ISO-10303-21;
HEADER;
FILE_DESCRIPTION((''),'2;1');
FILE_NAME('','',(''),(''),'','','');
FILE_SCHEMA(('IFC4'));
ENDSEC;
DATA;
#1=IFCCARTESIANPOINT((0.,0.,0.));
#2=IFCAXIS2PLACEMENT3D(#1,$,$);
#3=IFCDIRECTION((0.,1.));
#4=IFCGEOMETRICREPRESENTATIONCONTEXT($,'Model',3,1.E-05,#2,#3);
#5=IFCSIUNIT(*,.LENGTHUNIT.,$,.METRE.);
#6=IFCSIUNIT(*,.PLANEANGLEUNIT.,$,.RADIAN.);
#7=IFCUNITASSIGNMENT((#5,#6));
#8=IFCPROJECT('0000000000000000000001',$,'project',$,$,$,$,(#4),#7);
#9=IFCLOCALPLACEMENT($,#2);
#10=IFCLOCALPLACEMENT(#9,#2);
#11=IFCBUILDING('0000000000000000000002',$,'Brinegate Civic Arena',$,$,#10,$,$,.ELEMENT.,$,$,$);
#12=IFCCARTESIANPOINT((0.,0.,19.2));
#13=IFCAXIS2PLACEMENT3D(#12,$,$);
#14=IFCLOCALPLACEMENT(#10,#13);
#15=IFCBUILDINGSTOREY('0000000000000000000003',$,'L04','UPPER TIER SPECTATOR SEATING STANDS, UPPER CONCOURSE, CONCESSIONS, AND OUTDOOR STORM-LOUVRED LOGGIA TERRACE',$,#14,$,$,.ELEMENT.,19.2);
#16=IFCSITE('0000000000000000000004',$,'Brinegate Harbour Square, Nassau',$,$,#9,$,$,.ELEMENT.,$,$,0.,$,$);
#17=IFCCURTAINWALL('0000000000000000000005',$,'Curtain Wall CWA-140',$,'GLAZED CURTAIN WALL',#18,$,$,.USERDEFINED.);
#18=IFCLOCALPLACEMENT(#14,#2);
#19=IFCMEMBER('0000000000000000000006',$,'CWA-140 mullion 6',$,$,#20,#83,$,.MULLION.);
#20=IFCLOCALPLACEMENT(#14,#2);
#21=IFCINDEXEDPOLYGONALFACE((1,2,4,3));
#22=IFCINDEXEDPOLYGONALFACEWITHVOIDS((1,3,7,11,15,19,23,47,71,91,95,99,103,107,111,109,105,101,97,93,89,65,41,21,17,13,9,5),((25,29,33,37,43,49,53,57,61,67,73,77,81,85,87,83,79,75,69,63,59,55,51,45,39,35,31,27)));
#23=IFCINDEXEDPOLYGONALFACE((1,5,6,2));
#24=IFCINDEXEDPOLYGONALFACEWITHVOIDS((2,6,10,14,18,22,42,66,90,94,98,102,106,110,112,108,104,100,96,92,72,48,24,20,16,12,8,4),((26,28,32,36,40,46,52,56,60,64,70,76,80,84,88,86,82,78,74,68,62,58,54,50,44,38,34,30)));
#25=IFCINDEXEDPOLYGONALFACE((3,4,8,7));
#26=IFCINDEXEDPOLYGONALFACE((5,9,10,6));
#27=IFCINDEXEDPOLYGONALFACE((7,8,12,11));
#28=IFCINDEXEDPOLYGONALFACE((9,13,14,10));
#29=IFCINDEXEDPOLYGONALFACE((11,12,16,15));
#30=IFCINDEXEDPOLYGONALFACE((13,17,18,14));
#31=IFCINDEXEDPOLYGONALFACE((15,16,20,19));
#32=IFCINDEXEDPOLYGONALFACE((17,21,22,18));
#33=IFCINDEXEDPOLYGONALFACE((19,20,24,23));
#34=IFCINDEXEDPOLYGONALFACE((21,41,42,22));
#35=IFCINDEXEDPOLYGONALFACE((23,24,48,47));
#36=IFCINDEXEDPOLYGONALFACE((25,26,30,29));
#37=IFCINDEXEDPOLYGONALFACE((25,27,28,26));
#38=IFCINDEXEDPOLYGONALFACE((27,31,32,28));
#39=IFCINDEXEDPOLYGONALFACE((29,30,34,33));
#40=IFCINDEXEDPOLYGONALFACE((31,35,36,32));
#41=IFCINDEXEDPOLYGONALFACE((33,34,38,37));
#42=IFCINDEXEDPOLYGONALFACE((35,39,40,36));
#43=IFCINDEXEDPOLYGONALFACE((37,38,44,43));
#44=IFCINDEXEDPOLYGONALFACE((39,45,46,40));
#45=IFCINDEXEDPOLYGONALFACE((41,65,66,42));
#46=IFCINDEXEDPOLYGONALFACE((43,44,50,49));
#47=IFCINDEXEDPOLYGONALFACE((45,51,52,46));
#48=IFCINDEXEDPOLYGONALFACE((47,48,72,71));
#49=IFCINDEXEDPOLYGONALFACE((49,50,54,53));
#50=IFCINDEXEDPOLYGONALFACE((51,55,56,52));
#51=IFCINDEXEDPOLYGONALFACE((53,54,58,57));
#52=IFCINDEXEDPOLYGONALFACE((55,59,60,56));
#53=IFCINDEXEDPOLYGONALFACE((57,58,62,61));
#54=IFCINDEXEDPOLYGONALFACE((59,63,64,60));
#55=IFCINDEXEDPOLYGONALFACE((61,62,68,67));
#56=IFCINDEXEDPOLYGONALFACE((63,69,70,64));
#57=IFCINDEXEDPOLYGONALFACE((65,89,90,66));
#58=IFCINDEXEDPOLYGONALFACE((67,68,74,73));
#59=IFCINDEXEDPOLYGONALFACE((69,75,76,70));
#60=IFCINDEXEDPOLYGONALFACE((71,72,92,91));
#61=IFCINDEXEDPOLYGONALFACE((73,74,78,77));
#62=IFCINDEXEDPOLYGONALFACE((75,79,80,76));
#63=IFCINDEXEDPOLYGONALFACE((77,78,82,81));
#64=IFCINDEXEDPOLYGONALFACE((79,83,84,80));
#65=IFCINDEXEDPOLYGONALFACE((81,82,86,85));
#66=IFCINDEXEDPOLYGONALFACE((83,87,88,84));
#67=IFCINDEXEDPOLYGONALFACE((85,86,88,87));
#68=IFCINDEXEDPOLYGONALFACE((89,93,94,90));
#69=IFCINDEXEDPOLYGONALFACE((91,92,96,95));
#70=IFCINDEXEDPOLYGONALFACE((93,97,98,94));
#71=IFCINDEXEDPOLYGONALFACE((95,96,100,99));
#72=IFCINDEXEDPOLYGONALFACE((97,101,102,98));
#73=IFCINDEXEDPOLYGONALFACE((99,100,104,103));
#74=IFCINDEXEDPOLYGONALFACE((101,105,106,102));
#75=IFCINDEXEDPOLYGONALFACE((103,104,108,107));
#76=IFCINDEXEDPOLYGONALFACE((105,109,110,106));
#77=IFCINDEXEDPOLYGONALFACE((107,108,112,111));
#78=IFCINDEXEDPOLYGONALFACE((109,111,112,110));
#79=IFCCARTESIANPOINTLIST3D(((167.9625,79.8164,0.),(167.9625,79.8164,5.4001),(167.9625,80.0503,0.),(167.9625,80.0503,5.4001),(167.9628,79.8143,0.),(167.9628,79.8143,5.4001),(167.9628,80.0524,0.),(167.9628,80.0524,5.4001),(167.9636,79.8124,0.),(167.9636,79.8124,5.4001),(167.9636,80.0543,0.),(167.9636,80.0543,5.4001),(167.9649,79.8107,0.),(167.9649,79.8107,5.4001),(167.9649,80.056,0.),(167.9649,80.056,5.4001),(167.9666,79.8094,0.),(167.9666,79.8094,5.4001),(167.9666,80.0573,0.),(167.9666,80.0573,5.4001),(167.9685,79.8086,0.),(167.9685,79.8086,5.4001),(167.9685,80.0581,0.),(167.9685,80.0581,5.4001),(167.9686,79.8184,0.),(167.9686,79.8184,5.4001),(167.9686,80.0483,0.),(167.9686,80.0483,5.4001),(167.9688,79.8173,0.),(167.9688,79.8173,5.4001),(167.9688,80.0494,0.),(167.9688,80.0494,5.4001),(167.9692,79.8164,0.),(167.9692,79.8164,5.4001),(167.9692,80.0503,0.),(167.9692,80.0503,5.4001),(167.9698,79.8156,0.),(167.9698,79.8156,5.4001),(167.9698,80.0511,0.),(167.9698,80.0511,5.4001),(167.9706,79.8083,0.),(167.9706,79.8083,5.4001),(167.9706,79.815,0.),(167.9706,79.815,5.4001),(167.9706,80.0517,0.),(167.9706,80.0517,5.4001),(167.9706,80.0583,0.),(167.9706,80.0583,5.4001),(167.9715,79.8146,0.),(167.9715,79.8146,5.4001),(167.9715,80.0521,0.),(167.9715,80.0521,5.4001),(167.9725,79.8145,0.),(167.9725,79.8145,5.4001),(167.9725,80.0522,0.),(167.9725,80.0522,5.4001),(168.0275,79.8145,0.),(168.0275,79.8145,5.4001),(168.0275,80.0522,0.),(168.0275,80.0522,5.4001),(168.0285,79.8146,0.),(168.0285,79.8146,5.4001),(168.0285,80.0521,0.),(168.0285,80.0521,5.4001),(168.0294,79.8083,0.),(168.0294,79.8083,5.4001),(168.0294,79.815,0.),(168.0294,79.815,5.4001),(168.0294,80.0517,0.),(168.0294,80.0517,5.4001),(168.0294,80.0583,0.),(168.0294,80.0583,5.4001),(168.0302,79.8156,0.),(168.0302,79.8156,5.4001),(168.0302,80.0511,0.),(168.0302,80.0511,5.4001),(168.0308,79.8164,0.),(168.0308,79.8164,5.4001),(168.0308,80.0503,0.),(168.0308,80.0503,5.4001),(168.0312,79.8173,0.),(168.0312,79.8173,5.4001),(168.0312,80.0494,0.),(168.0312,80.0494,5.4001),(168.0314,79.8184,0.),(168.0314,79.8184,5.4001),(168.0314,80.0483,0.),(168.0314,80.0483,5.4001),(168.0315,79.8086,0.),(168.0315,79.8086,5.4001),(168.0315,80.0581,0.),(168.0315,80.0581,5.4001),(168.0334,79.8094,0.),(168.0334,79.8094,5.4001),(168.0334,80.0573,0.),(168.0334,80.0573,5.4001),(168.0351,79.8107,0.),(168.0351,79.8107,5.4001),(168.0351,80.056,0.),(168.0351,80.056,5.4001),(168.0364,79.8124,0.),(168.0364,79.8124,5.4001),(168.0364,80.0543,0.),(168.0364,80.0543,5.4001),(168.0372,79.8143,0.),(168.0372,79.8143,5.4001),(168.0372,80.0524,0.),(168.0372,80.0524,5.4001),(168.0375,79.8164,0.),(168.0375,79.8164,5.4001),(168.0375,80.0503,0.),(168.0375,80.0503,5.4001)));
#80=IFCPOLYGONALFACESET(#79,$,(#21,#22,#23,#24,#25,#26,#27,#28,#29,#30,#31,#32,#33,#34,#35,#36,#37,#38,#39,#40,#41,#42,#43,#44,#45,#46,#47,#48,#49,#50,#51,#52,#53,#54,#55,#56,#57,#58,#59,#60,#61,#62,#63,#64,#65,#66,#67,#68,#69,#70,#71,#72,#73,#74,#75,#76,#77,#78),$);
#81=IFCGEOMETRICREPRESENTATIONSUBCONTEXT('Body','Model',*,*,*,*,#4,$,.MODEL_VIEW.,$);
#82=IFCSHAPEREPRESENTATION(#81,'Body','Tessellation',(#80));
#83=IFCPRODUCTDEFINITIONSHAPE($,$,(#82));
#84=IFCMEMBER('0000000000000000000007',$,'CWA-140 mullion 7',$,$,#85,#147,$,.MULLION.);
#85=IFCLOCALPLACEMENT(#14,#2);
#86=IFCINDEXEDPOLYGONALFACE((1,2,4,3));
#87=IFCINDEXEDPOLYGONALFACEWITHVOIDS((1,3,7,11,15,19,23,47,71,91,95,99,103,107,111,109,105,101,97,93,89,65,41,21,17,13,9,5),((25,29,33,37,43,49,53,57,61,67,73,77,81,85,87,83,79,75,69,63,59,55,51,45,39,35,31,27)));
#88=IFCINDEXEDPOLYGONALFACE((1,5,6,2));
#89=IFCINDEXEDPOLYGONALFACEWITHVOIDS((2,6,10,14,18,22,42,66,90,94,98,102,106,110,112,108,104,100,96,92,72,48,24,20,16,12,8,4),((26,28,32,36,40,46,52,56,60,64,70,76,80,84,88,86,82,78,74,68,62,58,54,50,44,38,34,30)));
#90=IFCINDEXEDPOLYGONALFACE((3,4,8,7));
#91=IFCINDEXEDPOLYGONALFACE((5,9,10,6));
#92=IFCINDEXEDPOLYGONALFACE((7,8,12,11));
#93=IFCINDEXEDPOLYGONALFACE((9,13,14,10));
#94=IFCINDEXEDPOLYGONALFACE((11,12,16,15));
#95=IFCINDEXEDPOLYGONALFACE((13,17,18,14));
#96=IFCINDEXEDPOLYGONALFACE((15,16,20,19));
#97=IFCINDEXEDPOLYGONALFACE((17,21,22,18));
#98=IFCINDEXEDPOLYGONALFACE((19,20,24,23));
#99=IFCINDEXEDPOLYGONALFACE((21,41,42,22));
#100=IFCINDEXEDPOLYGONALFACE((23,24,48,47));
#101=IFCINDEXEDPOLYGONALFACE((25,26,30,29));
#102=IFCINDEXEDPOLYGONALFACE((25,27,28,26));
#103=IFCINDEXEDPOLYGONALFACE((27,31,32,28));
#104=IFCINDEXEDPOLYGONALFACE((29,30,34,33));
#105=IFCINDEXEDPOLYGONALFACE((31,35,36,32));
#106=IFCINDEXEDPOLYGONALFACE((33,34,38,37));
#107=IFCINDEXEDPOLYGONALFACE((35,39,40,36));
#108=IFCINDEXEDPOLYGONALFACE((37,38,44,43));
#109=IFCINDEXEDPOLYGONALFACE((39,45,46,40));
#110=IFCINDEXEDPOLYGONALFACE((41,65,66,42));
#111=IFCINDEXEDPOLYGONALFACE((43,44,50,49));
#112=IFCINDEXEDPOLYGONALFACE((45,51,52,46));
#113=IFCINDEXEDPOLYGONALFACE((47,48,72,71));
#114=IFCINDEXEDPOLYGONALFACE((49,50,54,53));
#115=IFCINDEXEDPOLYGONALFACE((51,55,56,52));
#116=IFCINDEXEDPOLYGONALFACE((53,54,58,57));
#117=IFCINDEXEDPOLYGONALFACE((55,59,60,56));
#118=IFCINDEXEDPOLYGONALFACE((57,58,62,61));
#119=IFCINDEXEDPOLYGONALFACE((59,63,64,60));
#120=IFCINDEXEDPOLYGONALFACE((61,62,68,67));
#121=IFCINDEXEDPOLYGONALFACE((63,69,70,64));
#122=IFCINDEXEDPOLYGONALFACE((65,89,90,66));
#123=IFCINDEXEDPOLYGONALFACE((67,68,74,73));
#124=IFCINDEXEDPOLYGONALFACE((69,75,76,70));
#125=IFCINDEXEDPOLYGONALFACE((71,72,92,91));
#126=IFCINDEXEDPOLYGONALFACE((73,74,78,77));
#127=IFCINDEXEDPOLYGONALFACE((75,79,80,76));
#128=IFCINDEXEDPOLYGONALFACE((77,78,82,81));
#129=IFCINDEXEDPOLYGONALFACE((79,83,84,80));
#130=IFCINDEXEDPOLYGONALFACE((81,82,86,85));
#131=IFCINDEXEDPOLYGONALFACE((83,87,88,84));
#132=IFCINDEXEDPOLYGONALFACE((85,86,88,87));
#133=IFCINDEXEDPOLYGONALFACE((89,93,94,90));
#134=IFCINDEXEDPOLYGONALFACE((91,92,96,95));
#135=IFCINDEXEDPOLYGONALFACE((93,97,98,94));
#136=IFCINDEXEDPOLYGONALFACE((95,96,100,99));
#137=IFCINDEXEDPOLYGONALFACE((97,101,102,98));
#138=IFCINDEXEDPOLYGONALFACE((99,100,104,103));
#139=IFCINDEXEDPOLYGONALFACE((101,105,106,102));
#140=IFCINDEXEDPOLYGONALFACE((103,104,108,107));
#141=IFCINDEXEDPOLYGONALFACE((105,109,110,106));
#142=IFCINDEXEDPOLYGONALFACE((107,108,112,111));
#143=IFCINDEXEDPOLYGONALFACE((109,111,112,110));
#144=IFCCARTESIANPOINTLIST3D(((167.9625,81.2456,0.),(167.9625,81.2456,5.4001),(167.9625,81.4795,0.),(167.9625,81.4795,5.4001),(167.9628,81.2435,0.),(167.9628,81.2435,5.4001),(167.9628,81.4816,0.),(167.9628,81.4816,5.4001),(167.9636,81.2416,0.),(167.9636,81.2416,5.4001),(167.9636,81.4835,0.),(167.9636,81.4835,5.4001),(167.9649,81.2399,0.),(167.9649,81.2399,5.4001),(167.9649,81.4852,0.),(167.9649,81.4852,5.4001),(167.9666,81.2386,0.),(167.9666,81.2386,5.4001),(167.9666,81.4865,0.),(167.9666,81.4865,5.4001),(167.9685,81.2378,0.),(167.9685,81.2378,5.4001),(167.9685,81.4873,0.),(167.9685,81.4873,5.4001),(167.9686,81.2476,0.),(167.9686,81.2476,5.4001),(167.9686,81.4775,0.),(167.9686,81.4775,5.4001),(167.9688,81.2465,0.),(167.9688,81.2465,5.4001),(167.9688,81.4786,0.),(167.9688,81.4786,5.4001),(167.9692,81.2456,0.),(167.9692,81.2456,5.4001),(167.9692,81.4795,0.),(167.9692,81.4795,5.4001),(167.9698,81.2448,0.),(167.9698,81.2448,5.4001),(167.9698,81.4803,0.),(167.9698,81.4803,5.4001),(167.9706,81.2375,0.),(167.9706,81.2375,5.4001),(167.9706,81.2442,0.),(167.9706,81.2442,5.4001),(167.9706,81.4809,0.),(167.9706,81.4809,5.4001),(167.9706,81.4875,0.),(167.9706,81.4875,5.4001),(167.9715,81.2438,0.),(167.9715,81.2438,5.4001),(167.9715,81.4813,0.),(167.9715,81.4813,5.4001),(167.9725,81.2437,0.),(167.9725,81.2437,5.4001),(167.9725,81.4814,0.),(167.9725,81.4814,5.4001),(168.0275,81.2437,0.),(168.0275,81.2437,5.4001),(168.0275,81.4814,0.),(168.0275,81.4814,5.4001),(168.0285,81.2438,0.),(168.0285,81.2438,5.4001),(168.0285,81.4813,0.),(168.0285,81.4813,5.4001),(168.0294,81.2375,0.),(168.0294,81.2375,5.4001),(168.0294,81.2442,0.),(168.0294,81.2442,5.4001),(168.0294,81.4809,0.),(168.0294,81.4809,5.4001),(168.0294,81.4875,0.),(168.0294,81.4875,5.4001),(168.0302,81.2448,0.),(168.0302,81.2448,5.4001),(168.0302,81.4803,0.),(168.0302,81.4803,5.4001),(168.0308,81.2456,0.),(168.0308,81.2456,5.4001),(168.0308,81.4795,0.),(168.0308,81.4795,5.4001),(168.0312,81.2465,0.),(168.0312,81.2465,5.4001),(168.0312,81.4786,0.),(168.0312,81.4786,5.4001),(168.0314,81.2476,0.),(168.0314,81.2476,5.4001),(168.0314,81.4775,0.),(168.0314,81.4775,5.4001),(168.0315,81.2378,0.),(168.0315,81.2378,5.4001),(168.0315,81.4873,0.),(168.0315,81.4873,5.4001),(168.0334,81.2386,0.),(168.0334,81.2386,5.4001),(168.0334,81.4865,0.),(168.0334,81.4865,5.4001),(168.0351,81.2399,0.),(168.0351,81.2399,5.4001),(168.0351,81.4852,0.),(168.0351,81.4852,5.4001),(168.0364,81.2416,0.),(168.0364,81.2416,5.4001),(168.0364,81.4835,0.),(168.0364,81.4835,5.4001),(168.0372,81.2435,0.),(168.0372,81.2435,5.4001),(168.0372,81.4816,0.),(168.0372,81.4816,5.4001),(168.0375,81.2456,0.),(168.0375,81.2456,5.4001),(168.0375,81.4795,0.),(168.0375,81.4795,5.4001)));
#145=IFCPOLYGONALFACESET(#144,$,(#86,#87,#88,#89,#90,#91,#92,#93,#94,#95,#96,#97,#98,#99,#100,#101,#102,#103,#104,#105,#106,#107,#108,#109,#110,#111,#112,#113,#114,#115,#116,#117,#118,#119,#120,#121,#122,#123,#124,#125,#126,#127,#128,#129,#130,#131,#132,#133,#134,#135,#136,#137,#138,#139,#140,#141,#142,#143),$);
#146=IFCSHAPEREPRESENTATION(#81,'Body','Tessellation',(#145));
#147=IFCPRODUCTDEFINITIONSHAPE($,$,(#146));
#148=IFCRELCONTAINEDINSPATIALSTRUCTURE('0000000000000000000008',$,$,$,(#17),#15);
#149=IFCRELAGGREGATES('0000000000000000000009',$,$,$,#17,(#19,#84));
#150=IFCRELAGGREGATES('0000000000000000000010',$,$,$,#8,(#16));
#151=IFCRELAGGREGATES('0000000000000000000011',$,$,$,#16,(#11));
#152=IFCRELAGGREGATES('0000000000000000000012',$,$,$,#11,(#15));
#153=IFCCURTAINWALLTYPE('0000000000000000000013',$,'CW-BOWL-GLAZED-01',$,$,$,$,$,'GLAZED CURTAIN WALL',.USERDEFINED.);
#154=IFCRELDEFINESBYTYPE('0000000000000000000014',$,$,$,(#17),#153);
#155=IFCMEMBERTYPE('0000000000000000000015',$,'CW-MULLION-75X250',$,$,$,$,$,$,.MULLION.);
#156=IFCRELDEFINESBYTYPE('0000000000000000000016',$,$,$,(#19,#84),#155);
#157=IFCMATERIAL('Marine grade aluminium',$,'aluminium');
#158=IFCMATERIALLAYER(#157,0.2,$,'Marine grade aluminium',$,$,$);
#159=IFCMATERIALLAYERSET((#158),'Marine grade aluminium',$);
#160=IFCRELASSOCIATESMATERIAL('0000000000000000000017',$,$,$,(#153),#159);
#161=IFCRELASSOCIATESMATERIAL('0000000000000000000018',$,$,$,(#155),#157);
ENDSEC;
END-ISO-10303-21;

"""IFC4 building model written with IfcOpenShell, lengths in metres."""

from ifc_helpers import new_model, si_unit, direction, frame, origin, origin_2d, place, context, subcontext, project, spatial, hollow_rectangle, extrude, material, layer, layer_set, material_profile, profile_set, type_object, element, aggregate, save


model = new_model("IFC4")

# Units and contexts
model_context = context("Model", 3, precision=1e-05, world=origin(), true_north=direction((0.0, 1.0)))
body_context = subcontext(model_context, "Body", "Model", "MODEL_VIEW")
ifc_project = project(units=[si_unit("LENGTHUNIT", "METRE"), si_unit("PLANEANGLEUNIT", "RADIAN")], contexts=[model_context])

# Site, building, storey
site_placement = place(None, origin())
site = spatial("IfcSite", under=ifc_project, at=site_placement, Name="Brinegate Harbour Square, Nassau", CompositionType="ELEMENT", RefElevation=0.0)
building_placement = place(site_placement, origin())
building = spatial("IfcBuilding", under=site, at=building_placement, Name="Brinegate Civic Arena", CompositionType="ELEMENT")
storey_placement = place(building_placement, frame((0.0, 0.0, 19.2)))
storey = spatial("IfcBuildingStorey", under=building, at=storey_placement, Name="L04", Description="UPPER TIER SPECTATOR SEATING STANDS, UPPER CONCOURSE, CONCESSIONS, AND OUTDOOR STORM-LOUVRED LOGGIA TERRACE", CompositionType="ELEMENT", Elevation=19.2)

# Curtain wall, members
ifc_material_1 = material(Name="Marine grade aluminium", Category="aluminium")
ifc_layer_1 = layer(ifc_material_1, 0.2, Name="Marine grade aluminium")
ifc_layer_set_1 = layer_set([ifc_layer_1], Name="Marine grade aluminium")
curtain_wall_type = type_object("IfcCurtainWallType", Name="CW-BOWL-GLAZED-01", ElementType="GLAZED CURTAIN WALL", PredefinedType="USERDEFINED", material=ifc_layer_set_1)
curtain_wall_placement = place(storey_placement, origin())
curtain_wall = element("IfcCurtainWall", 1, at=curtain_wall_placement, inside=storey, type_object=curtain_wall_type, Name="Curtain Wall CWA-140", ObjectType="GLAZED CURTAIN WALL", PredefinedType="USERDEFINED")
ifc_material_profile_1 = material_profile(ifc_material_1, hollow_rectangle(XDim=0.075, YDim=0.25, WallThickness=0.0061, InnerFilletRadius=0.0039, OuterFilletRadius=0.0081, at=origin_2d()), Name="MUL75X250")
ifc_profile_set_1 = profile_set([ifc_material_profile_1], Name="Marine grade aluminium")
member_type_1 = type_object("IfcMemberType", Name="CW-MULLION-75X250", PredefinedType="MULLION", material=ifc_profile_set_1)
member_1_placement = place(storey_placement, frame((168.0, 79.9333, 0.0), z_axis=(0.0, 0.0, 1.0), x_axis=(-1.0, 0.0, 0.0)))
member_1 = element("IfcMember", 2, at=member_1_placement, type_object=member_type_1, Name="CWA-140 mullion 6", PredefinedType="MULLION", context=body_context, shape_type="SweptSolid", body=[
    extrude(hollow_rectangle(XDim=0.075, YDim=0.25, WallThickness=0.0061, InnerFilletRadius=0.0039, OuterFilletRadius=0.0081, at=origin_2d()), origin(), (0.0, 0.0, 1.0), 5.4001),
])
member_2_placement = place(storey_placement, frame((168.0, 81.3625, 0.0), z_axis=(0.0, 0.0, 1.0), x_axis=(-1.0, 0.0, 0.0)))
member_2 = element("IfcMember", 3, at=member_2_placement, type_object=member_type_1, Name="CWA-140 mullion 7", PredefinedType="MULLION", context=body_context, shape_type="SweptSolid", body=[
    extrude(hollow_rectangle(XDim=0.075, YDim=0.25, WallThickness=0.0061, InnerFilletRadius=0.0039, OuterFilletRadius=0.0081, at=origin_2d()), origin(), (0.0, 0.0, 1.0), 5.4001),
])
aggregate(curtain_wall, [member_1, member_2])

save(model, "model.ifc")
